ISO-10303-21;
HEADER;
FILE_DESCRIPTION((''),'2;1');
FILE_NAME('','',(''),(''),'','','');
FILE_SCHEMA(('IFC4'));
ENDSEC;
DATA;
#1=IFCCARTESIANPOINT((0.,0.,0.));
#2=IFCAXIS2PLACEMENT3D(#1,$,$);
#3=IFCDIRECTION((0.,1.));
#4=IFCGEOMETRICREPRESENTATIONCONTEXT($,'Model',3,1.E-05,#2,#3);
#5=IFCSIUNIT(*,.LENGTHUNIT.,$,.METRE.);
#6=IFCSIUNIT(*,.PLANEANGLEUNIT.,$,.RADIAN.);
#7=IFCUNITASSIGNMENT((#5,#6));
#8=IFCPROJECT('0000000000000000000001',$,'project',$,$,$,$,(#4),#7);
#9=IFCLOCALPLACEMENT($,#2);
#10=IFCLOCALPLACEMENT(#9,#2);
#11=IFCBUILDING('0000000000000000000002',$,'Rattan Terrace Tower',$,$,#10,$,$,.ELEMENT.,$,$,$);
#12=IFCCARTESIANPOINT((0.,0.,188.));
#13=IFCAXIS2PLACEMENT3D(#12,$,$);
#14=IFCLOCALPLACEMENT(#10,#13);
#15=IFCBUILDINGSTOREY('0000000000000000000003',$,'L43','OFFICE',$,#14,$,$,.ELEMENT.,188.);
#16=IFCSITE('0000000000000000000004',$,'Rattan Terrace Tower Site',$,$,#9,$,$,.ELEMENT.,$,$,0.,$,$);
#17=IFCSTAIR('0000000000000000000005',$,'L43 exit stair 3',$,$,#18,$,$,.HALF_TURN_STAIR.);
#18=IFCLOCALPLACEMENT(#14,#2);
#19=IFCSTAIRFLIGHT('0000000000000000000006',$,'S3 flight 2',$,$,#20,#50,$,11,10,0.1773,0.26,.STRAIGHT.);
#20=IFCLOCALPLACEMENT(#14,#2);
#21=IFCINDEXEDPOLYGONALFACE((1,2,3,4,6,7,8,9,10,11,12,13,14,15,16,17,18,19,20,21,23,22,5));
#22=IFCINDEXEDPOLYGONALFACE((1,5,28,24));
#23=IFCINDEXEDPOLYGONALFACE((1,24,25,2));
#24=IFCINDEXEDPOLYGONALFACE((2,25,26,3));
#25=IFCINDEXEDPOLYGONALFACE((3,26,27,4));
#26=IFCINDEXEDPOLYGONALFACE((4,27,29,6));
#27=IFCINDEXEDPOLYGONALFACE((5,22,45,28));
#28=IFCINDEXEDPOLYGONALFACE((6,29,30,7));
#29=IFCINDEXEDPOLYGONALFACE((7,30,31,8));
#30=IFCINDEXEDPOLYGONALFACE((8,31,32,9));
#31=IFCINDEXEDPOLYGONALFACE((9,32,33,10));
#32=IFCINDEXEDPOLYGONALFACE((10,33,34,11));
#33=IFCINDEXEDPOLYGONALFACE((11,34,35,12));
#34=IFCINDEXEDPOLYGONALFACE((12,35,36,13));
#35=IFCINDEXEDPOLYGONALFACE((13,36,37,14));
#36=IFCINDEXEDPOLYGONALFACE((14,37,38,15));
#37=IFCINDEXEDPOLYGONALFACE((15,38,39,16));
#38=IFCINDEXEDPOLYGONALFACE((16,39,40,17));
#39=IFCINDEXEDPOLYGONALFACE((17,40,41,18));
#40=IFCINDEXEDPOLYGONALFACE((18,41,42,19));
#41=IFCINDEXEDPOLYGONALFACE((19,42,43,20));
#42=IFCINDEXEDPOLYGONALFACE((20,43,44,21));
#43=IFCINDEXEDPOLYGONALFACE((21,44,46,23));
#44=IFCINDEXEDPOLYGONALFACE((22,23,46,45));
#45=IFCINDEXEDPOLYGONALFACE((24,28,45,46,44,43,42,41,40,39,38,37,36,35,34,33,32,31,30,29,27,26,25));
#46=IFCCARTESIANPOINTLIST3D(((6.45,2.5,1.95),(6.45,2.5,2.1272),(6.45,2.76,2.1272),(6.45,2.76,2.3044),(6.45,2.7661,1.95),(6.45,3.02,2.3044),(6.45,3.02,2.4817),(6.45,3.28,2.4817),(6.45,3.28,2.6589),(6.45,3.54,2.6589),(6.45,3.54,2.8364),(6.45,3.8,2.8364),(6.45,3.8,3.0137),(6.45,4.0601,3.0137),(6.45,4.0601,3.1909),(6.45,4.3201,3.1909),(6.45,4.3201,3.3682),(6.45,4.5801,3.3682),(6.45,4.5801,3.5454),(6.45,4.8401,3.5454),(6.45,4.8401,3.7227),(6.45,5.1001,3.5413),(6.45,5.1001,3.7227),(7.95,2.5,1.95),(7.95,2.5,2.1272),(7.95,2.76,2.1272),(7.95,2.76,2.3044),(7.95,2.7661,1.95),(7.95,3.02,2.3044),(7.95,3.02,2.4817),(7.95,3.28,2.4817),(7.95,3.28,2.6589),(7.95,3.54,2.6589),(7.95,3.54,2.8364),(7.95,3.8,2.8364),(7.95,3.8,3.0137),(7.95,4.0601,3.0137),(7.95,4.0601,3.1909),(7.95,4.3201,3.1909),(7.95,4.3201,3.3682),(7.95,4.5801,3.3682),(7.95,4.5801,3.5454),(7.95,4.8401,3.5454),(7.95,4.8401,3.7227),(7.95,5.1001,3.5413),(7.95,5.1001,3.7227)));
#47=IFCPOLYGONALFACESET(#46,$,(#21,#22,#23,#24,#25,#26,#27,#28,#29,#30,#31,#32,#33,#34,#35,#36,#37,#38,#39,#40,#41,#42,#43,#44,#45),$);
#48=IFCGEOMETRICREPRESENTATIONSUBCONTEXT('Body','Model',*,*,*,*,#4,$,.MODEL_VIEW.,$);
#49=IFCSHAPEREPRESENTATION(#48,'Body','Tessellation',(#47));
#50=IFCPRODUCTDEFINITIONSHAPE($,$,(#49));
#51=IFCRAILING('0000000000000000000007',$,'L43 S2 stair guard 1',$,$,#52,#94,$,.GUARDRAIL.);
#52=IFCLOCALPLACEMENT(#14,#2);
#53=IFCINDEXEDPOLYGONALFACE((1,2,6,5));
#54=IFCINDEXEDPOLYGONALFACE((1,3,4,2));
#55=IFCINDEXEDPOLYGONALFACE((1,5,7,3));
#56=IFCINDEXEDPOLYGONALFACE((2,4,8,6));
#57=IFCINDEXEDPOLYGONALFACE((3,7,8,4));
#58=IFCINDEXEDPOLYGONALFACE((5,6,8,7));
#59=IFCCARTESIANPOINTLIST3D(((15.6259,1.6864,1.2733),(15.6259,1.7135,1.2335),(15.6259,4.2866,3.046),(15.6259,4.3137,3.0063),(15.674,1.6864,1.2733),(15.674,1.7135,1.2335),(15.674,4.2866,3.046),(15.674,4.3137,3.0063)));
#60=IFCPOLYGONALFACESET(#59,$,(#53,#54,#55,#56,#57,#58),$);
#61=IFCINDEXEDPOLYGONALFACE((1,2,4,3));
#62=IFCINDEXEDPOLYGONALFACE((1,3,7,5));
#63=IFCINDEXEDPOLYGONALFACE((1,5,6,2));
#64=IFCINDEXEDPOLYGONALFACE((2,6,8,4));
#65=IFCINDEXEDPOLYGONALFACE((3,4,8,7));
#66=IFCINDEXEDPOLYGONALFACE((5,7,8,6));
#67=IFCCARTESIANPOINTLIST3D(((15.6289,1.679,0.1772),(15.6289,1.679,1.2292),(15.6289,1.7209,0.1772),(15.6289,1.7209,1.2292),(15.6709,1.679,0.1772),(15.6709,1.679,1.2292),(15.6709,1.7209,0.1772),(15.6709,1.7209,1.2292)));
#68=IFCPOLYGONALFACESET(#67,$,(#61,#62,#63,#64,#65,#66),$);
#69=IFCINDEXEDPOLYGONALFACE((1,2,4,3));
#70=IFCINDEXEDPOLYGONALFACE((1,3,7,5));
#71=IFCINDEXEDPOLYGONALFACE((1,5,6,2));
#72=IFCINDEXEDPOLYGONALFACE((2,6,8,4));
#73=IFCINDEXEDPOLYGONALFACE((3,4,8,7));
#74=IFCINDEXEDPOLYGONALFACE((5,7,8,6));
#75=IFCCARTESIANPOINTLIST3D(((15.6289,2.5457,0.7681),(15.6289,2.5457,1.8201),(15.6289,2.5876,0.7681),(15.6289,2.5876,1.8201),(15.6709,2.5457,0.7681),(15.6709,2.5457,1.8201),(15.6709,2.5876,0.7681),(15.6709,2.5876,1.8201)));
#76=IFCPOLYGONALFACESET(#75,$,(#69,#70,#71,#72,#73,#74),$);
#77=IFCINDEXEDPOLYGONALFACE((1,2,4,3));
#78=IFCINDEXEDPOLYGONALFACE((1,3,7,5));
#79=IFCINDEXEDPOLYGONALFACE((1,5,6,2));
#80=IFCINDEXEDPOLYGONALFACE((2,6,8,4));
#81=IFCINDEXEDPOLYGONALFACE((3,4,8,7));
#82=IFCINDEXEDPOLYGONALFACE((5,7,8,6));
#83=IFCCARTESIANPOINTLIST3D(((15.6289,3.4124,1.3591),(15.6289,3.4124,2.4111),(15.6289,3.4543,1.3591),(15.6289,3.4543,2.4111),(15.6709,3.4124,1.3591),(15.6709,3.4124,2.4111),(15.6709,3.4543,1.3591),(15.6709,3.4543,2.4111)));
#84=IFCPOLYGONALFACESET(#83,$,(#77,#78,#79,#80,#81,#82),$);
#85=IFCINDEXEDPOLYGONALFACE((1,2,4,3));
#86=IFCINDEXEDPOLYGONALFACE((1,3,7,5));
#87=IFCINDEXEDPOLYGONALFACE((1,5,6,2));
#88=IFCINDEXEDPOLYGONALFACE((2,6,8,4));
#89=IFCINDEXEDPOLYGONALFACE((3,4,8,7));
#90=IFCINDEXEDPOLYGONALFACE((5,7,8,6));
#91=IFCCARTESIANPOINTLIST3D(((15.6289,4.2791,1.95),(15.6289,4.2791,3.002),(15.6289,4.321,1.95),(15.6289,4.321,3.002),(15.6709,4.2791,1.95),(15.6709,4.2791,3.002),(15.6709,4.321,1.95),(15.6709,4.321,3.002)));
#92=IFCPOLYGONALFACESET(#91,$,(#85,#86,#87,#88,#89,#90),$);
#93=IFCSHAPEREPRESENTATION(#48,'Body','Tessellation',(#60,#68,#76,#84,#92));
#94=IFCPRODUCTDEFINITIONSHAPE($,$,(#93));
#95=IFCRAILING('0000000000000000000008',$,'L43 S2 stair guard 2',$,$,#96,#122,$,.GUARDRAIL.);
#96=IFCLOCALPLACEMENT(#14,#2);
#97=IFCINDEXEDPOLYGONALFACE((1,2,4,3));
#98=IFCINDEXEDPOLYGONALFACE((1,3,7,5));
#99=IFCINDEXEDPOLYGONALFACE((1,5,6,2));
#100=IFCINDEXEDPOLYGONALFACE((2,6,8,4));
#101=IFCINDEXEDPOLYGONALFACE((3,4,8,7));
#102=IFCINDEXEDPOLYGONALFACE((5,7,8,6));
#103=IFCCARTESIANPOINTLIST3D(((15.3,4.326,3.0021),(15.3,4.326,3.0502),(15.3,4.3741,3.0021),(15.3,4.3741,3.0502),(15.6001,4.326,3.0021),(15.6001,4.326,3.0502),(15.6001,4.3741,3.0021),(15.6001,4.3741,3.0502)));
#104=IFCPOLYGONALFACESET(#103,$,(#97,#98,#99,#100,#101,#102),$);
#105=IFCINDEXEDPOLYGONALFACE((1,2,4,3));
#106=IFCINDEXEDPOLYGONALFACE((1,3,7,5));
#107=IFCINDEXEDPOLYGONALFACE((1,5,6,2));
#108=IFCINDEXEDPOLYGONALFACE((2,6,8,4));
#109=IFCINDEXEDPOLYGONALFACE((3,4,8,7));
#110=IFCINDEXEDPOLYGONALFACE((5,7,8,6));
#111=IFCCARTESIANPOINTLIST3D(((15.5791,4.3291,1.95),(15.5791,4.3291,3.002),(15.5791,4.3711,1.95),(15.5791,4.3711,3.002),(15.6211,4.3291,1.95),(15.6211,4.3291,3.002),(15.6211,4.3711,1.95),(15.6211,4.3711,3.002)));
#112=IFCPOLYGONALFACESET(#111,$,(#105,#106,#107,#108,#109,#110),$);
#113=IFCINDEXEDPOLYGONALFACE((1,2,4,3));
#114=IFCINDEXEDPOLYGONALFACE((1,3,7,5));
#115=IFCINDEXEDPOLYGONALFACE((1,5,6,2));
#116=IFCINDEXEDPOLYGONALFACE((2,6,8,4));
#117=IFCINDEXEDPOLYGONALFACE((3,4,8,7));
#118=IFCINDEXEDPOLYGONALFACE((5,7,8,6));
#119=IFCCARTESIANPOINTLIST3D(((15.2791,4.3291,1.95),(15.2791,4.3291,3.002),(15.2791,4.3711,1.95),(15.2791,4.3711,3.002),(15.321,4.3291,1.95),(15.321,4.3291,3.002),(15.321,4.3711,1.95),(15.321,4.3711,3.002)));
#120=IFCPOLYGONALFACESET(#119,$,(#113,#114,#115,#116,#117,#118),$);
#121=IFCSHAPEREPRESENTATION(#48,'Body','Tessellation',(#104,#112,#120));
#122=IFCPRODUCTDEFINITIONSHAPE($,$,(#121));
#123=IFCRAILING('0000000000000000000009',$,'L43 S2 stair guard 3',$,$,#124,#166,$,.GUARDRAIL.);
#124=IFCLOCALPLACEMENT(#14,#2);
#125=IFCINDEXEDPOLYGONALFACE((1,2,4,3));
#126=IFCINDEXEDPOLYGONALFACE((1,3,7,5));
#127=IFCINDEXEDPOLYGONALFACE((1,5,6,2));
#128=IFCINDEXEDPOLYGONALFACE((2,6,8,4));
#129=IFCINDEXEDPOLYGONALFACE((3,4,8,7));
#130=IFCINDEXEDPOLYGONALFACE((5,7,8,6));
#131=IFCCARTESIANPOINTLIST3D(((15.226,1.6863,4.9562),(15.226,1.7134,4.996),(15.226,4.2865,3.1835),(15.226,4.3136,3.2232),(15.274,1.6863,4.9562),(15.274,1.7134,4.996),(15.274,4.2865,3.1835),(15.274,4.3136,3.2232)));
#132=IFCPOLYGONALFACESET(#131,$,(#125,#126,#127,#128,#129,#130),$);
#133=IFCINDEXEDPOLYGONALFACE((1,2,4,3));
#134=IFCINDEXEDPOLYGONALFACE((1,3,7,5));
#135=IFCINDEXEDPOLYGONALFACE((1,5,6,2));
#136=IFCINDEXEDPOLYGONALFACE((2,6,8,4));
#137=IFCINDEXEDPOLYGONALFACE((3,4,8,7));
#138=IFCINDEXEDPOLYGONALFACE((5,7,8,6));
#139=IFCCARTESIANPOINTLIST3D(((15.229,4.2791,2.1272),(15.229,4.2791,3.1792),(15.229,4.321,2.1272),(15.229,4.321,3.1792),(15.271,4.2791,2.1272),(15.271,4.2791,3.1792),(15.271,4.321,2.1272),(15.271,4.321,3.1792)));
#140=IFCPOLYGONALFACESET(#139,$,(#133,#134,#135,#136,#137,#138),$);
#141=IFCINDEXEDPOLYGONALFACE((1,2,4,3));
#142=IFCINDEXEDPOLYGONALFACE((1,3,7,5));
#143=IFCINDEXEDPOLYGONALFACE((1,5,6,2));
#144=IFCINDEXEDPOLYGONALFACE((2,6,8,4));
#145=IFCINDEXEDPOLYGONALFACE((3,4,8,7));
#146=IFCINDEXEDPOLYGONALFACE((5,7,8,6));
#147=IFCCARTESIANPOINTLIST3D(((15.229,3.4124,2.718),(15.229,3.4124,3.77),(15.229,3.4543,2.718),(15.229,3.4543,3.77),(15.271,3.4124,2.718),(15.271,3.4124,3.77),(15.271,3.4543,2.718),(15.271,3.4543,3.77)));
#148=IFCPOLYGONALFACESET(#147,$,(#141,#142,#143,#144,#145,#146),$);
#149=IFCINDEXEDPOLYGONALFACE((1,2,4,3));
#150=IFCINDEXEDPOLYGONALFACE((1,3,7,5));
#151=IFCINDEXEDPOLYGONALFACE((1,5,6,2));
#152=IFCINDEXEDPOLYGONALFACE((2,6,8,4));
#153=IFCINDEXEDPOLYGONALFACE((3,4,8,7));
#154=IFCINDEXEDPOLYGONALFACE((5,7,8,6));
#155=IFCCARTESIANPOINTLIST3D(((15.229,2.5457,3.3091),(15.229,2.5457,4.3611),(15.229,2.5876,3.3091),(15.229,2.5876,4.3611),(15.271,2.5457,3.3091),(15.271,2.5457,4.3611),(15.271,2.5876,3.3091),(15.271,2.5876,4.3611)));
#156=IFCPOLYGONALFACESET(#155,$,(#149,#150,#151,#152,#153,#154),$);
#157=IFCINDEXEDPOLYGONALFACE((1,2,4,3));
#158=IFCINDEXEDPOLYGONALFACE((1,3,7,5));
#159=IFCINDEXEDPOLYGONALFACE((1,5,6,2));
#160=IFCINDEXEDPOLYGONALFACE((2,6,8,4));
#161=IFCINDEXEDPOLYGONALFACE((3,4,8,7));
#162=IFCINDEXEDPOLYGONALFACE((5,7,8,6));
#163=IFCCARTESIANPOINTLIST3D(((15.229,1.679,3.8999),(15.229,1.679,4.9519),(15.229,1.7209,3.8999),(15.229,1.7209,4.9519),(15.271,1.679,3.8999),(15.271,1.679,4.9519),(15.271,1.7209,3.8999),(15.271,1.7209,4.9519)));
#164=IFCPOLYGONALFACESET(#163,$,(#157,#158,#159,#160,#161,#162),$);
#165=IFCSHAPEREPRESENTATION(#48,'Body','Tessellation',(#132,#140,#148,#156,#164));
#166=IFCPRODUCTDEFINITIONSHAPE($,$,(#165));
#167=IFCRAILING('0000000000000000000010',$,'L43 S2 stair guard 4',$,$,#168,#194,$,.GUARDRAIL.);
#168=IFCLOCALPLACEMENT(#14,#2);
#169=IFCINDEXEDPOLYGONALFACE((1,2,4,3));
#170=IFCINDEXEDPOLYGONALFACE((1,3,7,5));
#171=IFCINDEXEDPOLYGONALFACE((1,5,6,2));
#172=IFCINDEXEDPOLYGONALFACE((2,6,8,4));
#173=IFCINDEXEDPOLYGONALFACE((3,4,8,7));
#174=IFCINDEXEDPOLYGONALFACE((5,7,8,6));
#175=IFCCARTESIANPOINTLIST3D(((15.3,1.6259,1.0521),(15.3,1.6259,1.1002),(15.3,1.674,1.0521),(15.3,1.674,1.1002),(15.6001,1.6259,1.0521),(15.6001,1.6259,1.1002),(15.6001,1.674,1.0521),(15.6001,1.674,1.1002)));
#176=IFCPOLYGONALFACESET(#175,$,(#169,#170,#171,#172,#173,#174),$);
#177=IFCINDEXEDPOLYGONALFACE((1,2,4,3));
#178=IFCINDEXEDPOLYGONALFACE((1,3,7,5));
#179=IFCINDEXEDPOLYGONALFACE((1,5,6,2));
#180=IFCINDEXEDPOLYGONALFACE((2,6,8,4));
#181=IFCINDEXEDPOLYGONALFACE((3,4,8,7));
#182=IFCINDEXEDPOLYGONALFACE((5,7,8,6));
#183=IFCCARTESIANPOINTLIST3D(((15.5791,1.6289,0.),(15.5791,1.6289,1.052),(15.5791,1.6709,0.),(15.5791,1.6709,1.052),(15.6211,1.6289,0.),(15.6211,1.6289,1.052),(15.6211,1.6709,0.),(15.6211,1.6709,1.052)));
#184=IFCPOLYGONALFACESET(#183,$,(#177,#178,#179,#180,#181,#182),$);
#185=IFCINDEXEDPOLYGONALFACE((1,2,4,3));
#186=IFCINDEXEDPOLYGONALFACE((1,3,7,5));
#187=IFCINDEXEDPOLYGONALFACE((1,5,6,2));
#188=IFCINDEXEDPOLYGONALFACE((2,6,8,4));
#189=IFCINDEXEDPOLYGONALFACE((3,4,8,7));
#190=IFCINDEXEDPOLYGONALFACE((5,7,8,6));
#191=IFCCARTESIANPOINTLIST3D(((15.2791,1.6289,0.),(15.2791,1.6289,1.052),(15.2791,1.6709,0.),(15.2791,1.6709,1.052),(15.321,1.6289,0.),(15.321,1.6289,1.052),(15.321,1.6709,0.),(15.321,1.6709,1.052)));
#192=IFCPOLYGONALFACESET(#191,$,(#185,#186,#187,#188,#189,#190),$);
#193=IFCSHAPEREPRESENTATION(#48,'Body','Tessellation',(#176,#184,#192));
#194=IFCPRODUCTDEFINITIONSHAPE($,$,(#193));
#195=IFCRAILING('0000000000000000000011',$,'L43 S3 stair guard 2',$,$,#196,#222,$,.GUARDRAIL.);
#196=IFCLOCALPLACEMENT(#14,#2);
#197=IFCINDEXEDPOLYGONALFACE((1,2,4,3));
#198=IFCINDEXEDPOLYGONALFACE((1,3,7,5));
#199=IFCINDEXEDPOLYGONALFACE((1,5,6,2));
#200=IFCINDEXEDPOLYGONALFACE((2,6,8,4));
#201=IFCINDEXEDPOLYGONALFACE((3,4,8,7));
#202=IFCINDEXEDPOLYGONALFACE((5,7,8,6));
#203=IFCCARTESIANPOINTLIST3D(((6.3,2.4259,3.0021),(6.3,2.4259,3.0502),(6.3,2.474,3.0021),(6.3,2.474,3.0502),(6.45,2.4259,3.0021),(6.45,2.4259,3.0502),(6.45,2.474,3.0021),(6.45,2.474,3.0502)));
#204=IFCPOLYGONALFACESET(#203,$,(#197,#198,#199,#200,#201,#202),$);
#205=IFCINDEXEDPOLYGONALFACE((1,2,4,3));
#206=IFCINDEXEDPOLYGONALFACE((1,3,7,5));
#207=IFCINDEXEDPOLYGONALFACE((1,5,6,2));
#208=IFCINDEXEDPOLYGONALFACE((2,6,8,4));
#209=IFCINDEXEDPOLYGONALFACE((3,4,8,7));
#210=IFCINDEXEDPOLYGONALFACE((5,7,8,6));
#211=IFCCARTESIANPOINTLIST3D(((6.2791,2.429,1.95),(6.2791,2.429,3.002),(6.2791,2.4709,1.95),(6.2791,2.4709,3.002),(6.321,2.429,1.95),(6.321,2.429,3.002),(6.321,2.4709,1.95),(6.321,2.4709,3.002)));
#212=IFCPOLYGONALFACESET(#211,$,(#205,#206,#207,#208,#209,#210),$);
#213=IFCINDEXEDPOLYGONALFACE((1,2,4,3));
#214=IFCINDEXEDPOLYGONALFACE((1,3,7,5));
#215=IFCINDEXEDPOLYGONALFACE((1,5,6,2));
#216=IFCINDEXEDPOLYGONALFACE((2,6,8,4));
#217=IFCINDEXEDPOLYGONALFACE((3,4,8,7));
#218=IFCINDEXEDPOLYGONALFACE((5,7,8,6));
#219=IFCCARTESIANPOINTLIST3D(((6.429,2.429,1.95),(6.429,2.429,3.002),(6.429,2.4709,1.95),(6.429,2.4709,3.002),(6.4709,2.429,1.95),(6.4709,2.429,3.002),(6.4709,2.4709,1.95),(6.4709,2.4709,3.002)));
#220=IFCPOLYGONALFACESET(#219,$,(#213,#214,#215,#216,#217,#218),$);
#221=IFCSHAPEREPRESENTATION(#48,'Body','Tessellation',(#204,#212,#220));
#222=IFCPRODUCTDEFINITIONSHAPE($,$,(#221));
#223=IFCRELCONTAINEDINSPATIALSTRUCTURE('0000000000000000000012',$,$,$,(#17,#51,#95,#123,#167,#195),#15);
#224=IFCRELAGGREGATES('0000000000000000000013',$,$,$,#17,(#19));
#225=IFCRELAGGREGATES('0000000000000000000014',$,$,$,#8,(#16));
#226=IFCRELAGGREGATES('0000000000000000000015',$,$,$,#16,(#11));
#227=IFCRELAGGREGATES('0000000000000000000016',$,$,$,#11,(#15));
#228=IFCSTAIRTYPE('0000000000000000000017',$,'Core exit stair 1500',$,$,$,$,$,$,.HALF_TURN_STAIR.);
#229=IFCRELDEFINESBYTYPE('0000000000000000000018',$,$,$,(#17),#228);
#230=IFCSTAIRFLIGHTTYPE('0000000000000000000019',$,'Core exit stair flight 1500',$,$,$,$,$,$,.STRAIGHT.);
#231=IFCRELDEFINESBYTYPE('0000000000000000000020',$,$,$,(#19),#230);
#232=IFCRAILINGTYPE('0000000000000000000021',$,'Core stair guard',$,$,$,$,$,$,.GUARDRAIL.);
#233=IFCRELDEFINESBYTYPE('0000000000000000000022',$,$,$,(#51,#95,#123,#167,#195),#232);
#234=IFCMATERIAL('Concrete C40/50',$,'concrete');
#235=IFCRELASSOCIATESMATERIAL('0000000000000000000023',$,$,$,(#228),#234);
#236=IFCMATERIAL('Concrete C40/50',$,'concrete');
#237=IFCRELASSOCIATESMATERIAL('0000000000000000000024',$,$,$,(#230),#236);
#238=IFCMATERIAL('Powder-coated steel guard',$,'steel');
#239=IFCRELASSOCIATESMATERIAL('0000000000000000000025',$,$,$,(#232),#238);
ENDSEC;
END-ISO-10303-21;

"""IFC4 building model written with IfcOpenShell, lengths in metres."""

from ifc_helpers import new_model, si_unit, direction, frame, origin, origin_2d, place, context, subcontext, project, spatial, polyline, rectangle, outline, extrude, material, type_object, element, aggregate, save


model = new_model("IFC4")

# Units and contexts
model_context = context("Model", 3, precision=1e-05, world=origin(), true_north=direction((0.0, 1.0)))
body_context = subcontext(model_context, "Body", "Model", "MODEL_VIEW")
ifc_project = project(units=[si_unit("LENGTHUNIT", "METRE"), si_unit("PLANEANGLEUNIT", "RADIAN")], contexts=[model_context])

# Site, building, storey
site_placement = place(None, origin())
site = spatial("IfcSite", under=ifc_project, at=site_placement, Name="Rattan Terrace Tower Site", CompositionType="ELEMENT", RefElevation=0.0)
building_placement = place(site_placement, origin())
building = spatial("IfcBuilding", under=site, at=building_placement, Name="Rattan Terrace Tower", CompositionType="ELEMENT")
storey_placement = place(building_placement, frame((0.0, 0.0, 188.0)))
storey = spatial("IfcBuildingStorey", under=building, at=storey_placement, Name="L43", Description="OFFICE", CompositionType="ELEMENT", Elevation=188.0)

# Shared definitions
ifc_material_1 = material(Name="Concrete C40/50", Category="concrete")
stair_type = type_object("IfcStairType", Name="Core exit stair 1500", PredefinedType="HALF_TURN_STAIR", material=ifc_material_1)
ifc_material_2 = material(Name="Concrete C40/50", Category="concrete")
stair_flight_type = type_object("IfcStairFlightType", Name="Core exit stair flight 1500", PredefinedType="STRAIGHT", material=ifc_material_2)

# Stair, stair flight
stair_1_placement = place(storey_placement, origin())
stair_1 = element("IfcStair", 1, at=stair_1_placement, inside=storey, type_object=stair_type, Name="L43 exit stair 3", PredefinedType="HALF_TURN_STAIR")
stair_flight_1_placement = place(storey_placement, frame((7.2, 2.5, 1.95), z_axis=(0.0, 0.0, 1.0), x_axis=(0.0, 1.0, 0.0)))
stair_flight_1 = element("IfcStairFlight", 2, at=stair_flight_1_placement, type_object=stair_flight_type, Name="S3 flight 2", NumberOfRisers=11, NumberOfTreads=10, PredefinedType="STRAIGHT", RiserHeight=0.1773, TreadLength=0.26, context=body_context, shape_type="SweptSolid", body=[
    extrude(outline(polyline([(0.0, 0.0), (0.0, 0.1772), (0.26, 0.1772), (0.26, 0.3545), (0.52, 0.3545), (0.52, 0.5317), (0.78, 0.5317), (0.78, 0.709), (1.04, 0.709), (1.04, 0.8865), (1.3, 0.8865), (1.3, 1.0637), (1.5601, 1.0637), (1.5601, 1.241), (1.8201, 1.241), (1.8201, 1.4182), (2.0801, 1.4182), (2.0801, 1.5955), (2.3401, 1.5955), (2.3401, 1.7727), (2.6001, 1.7727), (2.6001, 1.95), (2.6001, 1.5913), (0.2661, 0.0), (0.0, 0.0)])), frame((0.0, 0.75, 0.0), z_axis=(0.0, -1.0, 0.0), x_axis=(1.0, 0.0, 0.0)), (0.0, 0.0, 1.0), 1.5),
])
aggregate(stair_1, [stair_flight_1])

# Railings
ifc_material_3 = material(Name="Powder-coated steel guard", Category="steel")
railing_type_1 = type_object("IfcRailingType", Name="Core stair guard", PredefinedType="GUARDRAIL", material=ifc_material_3)
railing_1_placement = place(storey_placement, frame((15.6499, 1.7, 0.1772)))
element("IfcRailing", 3, at=railing_1_placement, inside=storey, type_object=railing_type_1, Name="L43 S2 stair guard 1", PredefinedType="GUARDRAIL", context=body_context, shape_type="SweptSolid", body=[
    extrude(rectangle(XDim=0.0481, YDim=0.0481, at=origin_2d()), frame((0.0, 0.0, 1.0762), z_axis=(0.0, 0.82624, 0.563318), x_axis=(-1.0, 0.0, 0.0)), (0.0, 0.0, 1.0), 3.147),
    extrude(rectangle(XDim=0.042, YDim=0.042, at=origin_2d()), origin(), (0.0, 0.0, 1.0), 1.052),
    extrude(rectangle(XDim=0.042, YDim=0.042, at=origin_2d()), frame((0.0, 0.8667, 0.5908)), (0.0, 0.0, 1.0), 1.052),
    extrude(rectangle(XDim=0.042, YDim=0.042, at=origin_2d()), frame((0.0, 1.7334, 1.1819)), (0.0, 0.0, 1.0), 1.052),
    extrude(rectangle(XDim=0.042, YDim=0.042, at=origin_2d()), frame((0.0, 2.6001, 1.7727)), (0.0, 0.0, 1.0), 1.052),
])
railing_2_placement = place(storey_placement, frame((15.6001, 4.3501, 1.95)))
element("IfcRailing", 4, at=railing_2_placement, inside=storey, type_object=railing_type_1, Name="L43 S2 stair guard 2", PredefinedType="GUARDRAIL", context=body_context, shape_type="SweptSolid", body=[
    extrude(rectangle(XDim=0.0481, YDim=0.0481, at=origin_2d()), frame((0.0, 0.0, 1.0762), z_axis=(-1.0, 0.0, 0.0), x_axis=(0.0, -1.0, 0.0)), (0.0, 0.0, 1.0), 0.3),
    extrude(rectangle(XDim=0.042, YDim=0.042, at=origin_2d()), origin(), (0.0, 0.0, 1.0), 1.052),
    extrude(rectangle(XDim=0.042, YDim=0.042, at=origin_2d()), frame((-0.3, 0.0, 0.0)), (0.0, 0.0, 1.0), 1.052),
])
railing_3_placement = place(storey_placement, frame((15.25, 4.3, 2.1272)))
element("IfcRailing", 5, at=railing_3_placement, inside=storey, type_object=railing_type_1, Name="L43 S2 stair guard 3", PredefinedType="GUARDRAIL", context=body_context, shape_type="SweptSolid", body=[
    extrude(rectangle(XDim=0.0481, YDim=0.0481, at=origin_2d()), frame((0.0, 0.0, 1.0762), z_axis=(0.0, -0.82624, 0.563318), x_axis=(1.0, 0.0, 0.0)), (0.0, 0.0, 1.0), 3.147),
    extrude(rectangle(XDim=0.042, YDim=0.042, at=origin_2d()), origin(), (0.0, 0.0, 1.0), 1.052),
    extrude(rectangle(XDim=0.042, YDim=0.042, at=origin_2d()), frame((0.0, -0.8667, 0.5908)), (0.0, 0.0, 1.0), 1.052),
    extrude(rectangle(XDim=0.042, YDim=0.042, at=origin_2d()), frame((0.0, -1.7334, 1.1819)), (0.0, 0.0, 1.0), 1.052),
    extrude(rectangle(XDim=0.042, YDim=0.042, at=origin_2d()), frame((0.0, -2.6001, 1.7727)), (0.0, 0.0, 1.0), 1.052),
])
railing_4_placement = place(storey_placement, frame((15.6001, 1.6499, 0.0)))
element("IfcRailing", 6, at=railing_4_placement, inside=storey, type_object=railing_type_1, Name="L43 S2 stair guard 4", PredefinedType="GUARDRAIL", context=body_context, shape_type="SweptSolid", body=[
    extrude(rectangle(XDim=0.0481, YDim=0.0481, at=origin_2d()), frame((0.0, 0.0, 1.0762), z_axis=(-1.0, 0.0, 0.0), x_axis=(0.0, -1.0, 0.0)), (0.0, 0.0, 1.0), 0.3),
    extrude(rectangle(XDim=0.042, YDim=0.042, at=origin_2d()), origin(), (0.0, 0.0, 1.0), 1.052),
    extrude(rectangle(XDim=0.042, YDim=0.042, at=origin_2d()), frame((-0.3, 0.0, 0.0)), (0.0, 0.0, 1.0), 1.052),
])
railing_5_placement = place(storey_placement, frame((6.3, 2.45, 1.95)))
element("IfcRailing", 7, at=railing_5_placement, inside=storey, type_object=railing_type_1, Name="L43 S3 stair guard 2", PredefinedType="GUARDRAIL", context=body_context, shape_type="SweptSolid", body=[
    extrude(rectangle(XDim=0.0481, YDim=0.0481, at=origin_2d()), frame((0.0, 0.0, 1.0762), z_axis=(1.0, 0.0, 0.0), x_axis=(0.0, 1.0, 0.0)), (0.0, 0.0, 1.0), 0.1499),
    extrude(rectangle(XDim=0.042, YDim=0.042, at=origin_2d()), origin(), (0.0, 0.0, 1.0), 1.052),
    extrude(rectangle(XDim=0.042, YDim=0.042, at=origin_2d()), frame((0.1499, 0.0, 0.0)), (0.0, 0.0, 1.0), 1.052),
])

save(model, "model.ifc")
